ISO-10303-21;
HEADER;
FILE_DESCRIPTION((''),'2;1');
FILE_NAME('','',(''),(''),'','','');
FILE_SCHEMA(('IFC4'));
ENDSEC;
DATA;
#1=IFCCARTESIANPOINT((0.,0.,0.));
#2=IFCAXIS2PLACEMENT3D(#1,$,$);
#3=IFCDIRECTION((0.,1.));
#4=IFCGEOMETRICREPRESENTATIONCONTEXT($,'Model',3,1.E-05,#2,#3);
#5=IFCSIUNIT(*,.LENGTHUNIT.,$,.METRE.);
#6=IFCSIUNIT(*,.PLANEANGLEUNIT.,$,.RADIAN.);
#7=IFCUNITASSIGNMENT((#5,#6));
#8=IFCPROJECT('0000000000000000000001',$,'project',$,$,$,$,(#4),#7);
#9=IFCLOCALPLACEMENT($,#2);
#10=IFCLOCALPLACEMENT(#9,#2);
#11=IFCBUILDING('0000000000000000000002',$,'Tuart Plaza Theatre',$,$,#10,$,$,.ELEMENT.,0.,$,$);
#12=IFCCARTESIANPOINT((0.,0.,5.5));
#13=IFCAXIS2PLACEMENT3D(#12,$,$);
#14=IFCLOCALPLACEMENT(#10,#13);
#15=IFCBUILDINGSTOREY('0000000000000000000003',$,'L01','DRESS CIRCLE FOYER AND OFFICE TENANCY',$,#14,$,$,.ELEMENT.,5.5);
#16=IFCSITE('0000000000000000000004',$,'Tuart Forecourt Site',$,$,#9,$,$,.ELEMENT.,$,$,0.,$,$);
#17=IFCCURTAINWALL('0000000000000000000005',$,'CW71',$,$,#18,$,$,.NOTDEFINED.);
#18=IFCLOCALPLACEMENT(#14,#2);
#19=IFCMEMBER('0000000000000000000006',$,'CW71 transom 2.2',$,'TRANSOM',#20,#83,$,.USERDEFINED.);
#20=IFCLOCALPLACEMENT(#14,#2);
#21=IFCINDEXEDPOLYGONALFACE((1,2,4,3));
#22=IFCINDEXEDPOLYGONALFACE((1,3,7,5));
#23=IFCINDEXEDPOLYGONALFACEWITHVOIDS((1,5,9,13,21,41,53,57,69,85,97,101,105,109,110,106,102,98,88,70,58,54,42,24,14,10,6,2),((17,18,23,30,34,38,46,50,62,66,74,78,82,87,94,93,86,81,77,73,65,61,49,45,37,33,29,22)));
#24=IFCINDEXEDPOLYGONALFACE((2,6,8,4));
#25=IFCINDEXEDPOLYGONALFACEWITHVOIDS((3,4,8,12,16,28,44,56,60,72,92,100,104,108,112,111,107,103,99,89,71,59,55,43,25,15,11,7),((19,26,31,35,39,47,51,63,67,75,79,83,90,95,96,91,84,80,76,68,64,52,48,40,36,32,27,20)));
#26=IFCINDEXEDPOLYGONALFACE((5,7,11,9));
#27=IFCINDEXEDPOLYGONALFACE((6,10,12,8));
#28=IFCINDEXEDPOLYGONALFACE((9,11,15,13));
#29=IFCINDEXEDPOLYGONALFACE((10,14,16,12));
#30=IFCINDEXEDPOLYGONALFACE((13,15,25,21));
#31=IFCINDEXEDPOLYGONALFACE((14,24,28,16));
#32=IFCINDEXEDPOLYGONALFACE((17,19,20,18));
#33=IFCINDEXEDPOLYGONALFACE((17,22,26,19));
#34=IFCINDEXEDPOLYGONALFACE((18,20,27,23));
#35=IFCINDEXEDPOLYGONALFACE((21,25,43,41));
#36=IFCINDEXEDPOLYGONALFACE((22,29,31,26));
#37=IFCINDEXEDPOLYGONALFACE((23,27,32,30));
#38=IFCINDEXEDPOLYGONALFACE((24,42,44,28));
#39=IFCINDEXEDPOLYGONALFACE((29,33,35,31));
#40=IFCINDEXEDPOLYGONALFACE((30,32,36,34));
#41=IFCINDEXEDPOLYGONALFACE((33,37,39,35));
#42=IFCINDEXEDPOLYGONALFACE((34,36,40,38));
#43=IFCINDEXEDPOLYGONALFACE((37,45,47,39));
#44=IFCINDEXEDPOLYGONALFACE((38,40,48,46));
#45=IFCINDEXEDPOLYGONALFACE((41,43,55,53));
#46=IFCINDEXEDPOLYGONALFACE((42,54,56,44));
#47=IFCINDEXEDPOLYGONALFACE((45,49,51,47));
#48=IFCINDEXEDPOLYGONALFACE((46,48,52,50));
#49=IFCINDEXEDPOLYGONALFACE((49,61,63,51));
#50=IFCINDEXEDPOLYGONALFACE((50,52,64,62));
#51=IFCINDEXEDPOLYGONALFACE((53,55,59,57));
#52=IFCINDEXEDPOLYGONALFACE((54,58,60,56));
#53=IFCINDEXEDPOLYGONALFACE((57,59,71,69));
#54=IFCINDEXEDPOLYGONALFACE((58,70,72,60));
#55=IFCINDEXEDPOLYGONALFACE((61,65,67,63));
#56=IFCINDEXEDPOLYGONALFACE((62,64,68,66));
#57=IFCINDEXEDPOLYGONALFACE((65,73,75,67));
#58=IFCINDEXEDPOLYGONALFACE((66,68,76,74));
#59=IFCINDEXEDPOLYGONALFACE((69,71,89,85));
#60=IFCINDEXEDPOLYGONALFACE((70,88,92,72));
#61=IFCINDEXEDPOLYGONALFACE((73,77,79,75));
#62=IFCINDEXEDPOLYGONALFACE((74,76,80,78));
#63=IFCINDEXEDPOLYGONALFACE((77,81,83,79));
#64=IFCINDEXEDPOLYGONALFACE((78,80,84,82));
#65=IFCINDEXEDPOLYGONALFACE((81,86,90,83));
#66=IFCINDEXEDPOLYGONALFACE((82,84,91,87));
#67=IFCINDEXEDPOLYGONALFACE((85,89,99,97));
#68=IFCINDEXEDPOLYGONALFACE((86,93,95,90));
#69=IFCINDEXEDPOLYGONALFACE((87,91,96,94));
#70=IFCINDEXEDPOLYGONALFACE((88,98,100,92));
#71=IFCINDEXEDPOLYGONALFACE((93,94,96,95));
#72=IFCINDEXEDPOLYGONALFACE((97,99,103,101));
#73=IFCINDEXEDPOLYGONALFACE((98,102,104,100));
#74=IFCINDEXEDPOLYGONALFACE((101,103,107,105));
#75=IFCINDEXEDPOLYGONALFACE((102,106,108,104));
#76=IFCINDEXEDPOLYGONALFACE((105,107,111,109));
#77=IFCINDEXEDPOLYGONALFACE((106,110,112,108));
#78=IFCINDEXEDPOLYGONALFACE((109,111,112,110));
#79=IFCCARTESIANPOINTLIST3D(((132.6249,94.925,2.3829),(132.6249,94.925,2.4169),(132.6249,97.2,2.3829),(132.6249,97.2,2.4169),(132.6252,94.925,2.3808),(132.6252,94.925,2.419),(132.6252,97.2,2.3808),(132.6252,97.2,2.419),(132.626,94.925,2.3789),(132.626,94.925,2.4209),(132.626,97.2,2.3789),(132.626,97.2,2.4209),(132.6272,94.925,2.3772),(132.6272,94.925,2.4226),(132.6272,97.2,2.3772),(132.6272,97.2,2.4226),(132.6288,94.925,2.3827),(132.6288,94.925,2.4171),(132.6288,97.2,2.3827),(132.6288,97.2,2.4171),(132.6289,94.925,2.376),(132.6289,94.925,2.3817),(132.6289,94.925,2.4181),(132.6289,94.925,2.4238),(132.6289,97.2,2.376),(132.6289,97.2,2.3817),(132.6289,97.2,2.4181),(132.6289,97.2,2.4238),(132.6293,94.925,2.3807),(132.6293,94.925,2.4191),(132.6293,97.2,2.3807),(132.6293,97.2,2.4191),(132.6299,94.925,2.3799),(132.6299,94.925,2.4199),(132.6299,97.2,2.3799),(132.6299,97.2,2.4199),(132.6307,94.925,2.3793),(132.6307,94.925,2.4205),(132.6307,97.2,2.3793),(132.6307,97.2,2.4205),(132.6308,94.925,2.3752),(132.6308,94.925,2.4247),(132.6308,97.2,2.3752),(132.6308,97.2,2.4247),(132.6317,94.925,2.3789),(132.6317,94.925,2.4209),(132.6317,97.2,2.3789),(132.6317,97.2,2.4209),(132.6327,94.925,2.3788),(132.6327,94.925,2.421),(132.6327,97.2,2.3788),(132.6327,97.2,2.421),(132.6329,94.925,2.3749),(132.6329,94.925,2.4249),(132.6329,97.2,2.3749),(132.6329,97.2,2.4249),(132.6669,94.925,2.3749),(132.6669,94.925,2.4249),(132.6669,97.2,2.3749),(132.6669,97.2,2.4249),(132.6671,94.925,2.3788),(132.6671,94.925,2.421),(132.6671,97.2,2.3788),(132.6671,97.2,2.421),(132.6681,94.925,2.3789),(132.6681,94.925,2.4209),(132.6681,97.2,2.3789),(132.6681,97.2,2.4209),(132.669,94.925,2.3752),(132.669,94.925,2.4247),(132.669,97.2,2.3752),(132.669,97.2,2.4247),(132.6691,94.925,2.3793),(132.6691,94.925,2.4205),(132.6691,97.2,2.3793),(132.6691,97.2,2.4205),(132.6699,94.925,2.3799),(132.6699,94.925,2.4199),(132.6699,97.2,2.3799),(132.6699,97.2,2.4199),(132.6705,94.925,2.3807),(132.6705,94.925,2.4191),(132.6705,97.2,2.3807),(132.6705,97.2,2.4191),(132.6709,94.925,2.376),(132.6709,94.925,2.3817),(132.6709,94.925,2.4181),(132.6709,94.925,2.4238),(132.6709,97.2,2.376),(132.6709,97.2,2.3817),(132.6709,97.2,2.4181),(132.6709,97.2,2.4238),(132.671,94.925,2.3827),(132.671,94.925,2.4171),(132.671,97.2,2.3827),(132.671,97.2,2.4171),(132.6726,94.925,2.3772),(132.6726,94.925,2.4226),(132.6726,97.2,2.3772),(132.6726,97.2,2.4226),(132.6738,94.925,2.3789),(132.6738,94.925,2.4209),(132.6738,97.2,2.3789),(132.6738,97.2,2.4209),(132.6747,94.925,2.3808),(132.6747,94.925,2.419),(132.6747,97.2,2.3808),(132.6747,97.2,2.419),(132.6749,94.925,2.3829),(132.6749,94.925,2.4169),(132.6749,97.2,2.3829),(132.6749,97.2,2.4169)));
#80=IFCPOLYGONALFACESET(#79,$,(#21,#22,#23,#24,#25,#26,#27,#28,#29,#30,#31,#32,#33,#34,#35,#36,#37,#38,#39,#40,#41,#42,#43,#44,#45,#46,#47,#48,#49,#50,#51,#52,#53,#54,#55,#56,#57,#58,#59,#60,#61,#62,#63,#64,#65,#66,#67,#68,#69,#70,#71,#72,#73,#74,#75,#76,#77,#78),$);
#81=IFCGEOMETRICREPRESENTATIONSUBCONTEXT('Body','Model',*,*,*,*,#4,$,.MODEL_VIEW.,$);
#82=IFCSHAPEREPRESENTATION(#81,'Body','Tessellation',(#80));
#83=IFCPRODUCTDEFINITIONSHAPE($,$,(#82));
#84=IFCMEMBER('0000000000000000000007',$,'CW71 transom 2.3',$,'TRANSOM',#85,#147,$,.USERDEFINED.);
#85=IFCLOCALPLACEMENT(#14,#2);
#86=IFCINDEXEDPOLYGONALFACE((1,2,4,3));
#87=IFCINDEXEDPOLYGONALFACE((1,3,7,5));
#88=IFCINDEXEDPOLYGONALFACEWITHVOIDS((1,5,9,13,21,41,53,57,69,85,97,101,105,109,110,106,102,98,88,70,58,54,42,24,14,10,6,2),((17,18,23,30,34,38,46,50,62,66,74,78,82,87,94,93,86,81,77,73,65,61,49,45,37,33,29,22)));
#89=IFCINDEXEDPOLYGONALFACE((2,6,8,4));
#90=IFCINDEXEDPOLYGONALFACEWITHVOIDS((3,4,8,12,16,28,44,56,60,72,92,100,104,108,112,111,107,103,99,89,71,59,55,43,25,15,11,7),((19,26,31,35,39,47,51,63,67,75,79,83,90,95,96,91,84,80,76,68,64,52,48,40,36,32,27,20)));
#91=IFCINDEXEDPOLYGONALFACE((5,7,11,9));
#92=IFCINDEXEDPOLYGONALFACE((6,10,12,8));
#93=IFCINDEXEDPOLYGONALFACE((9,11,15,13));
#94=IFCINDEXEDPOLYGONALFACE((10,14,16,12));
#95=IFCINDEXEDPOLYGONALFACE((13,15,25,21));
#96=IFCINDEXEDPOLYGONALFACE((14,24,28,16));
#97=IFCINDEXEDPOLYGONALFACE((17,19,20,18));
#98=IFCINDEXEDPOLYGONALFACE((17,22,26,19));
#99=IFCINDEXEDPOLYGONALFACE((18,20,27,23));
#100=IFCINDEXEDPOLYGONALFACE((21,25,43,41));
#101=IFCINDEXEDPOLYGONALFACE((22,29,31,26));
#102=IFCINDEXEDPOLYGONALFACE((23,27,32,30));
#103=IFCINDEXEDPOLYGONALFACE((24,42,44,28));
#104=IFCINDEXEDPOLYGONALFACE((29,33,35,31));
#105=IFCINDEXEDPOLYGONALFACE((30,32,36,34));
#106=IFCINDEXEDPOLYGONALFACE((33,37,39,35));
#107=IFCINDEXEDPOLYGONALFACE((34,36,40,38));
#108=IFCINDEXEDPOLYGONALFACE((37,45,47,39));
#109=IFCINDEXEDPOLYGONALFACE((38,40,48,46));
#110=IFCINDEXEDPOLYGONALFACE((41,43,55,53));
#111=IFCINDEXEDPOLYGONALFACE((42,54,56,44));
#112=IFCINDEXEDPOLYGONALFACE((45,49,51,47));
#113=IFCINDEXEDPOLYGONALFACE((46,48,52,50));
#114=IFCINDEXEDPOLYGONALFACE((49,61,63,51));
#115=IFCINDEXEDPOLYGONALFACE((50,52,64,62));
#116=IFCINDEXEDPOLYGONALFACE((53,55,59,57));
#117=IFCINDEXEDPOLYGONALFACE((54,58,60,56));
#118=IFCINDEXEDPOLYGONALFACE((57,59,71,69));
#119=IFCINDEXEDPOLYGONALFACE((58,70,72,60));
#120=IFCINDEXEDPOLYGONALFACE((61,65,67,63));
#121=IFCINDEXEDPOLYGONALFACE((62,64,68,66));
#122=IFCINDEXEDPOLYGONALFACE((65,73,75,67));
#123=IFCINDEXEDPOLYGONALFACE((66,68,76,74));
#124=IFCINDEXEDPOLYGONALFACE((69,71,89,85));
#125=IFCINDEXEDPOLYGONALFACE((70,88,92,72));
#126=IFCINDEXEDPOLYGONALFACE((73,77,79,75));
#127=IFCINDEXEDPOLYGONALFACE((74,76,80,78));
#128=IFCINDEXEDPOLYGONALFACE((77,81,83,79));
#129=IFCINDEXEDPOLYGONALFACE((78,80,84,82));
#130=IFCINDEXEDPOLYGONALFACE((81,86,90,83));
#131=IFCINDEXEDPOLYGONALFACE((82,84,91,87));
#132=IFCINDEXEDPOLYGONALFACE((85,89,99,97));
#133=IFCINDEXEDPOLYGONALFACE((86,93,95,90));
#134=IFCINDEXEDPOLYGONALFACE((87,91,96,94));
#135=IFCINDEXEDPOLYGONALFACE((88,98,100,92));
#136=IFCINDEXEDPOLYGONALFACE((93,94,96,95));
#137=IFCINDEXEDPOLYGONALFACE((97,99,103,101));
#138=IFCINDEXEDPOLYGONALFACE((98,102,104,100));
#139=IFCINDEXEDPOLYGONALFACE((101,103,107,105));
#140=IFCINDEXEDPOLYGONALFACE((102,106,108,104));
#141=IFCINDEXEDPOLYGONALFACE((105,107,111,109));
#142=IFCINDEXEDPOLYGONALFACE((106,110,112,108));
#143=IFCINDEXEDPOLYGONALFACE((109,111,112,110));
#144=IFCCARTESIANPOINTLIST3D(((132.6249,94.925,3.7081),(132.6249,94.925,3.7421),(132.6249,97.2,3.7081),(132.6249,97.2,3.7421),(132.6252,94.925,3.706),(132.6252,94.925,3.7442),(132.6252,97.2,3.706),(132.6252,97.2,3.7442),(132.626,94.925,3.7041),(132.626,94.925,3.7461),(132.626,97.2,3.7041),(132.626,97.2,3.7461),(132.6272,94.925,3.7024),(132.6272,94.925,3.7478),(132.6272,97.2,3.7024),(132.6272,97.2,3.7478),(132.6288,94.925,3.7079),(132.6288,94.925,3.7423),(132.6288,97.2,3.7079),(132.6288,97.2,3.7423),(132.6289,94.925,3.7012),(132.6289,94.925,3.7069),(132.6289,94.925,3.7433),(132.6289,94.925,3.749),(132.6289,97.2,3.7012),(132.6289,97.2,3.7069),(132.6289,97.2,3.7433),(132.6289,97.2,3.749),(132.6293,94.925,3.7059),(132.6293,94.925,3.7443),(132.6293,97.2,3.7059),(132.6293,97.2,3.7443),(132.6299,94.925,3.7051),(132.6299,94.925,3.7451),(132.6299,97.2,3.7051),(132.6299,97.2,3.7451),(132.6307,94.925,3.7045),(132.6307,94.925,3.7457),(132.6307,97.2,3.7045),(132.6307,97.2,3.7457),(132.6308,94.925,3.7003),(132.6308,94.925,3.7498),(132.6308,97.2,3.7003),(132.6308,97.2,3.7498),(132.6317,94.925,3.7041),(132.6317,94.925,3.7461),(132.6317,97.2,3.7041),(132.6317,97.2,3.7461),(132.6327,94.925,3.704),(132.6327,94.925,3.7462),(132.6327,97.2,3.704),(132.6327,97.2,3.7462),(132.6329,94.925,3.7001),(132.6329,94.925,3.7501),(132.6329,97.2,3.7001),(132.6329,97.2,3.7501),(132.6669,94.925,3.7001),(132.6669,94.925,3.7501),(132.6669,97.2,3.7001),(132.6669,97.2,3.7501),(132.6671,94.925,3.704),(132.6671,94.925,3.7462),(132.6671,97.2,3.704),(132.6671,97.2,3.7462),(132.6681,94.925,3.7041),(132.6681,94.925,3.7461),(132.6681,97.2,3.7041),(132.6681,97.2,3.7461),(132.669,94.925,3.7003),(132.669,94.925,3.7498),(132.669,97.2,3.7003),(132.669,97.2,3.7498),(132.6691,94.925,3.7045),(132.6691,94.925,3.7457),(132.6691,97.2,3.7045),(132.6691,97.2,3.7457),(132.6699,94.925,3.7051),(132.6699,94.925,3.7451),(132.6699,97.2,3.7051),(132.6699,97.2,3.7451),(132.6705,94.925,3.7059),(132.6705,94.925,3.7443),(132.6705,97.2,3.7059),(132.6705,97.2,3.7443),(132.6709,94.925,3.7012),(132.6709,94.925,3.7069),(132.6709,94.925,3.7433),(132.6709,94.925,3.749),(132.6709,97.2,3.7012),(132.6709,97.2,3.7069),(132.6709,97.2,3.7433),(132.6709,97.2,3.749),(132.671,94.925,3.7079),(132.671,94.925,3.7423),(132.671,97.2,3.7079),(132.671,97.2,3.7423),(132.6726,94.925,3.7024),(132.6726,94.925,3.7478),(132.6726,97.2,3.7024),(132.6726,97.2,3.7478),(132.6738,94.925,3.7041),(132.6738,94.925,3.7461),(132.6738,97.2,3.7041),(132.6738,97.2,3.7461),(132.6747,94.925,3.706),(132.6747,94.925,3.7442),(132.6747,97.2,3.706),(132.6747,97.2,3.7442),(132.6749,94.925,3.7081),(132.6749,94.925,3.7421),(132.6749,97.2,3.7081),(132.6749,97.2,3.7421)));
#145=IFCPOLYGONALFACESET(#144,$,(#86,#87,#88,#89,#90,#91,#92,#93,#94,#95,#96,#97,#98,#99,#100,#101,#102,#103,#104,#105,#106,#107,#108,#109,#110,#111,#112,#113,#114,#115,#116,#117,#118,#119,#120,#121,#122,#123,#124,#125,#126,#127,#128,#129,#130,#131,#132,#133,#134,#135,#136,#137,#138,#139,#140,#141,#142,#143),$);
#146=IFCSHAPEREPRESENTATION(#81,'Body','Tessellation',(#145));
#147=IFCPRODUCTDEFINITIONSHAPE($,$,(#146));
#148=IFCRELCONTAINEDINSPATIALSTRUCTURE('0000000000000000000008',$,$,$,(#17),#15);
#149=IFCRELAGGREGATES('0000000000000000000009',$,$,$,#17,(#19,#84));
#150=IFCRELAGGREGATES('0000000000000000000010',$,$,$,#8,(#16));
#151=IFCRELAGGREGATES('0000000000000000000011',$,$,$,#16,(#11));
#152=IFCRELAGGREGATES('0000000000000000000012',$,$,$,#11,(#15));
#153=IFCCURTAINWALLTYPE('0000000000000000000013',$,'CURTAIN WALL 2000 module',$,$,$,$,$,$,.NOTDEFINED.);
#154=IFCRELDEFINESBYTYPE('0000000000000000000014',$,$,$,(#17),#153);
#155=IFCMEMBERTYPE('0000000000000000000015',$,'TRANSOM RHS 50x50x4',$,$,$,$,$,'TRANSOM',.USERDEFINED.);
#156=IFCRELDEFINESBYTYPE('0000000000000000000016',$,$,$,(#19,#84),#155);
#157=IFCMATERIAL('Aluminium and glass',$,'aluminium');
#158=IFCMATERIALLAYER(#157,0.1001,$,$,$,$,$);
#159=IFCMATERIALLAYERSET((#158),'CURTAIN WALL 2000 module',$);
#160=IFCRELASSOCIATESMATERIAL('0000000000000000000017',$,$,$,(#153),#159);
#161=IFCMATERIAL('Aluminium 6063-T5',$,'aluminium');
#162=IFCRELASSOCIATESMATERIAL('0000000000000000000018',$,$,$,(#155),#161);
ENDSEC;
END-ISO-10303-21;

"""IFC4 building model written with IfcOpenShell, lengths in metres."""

from ifc_helpers import new_model, si_unit, direction, frame, origin, origin_2d, place, context, subcontext, project, spatial, hollow_rectangle, extrude, material, layer, layer_set, material_profile, profile_set, type_object, element, aggregate, save


model = new_model("IFC4")

# Units and contexts
model_context = context("Model", 3, precision=1e-05, world=origin(), true_north=direction((0.0, 1.0)))
body_context = subcontext(model_context, "Body", "Model", "MODEL_VIEW")
ifc_project = project(units=[si_unit("LENGTHUNIT", "METRE"), si_unit("PLANEANGLEUNIT", "RADIAN")], contexts=[model_context])

# Site, building, storey
site_placement = place(None, origin())
site = spatial("IfcSite", under=ifc_project, at=site_placement, Name="Tuart Forecourt Site", CompositionType="ELEMENT", RefElevation=0.0)
building_placement = place(site_placement, origin())
building = spatial("IfcBuilding", under=site, at=building_placement, Name="Tuart Plaza Theatre", CompositionType="ELEMENT", ElevationOfRefHeight=0.0)
storey_placement = place(building_placement, frame((0.0, 0.0, 5.5)))
storey = spatial("IfcBuildingStorey", under=building, at=storey_placement, Name="L01", Description="DRESS CIRCLE FOYER AND OFFICE TENANCY", CompositionType="ELEMENT", Elevation=5.5)

# Curtain wall
ifc_material_1 = material(Name="Aluminium and glass", Category="aluminium")
ifc_layer_1 = layer(ifc_material_1, 0.1001)
ifc_layer_set_1 = layer_set([ifc_layer_1], Name="CURTAIN WALL 2000 module")
curtain_wall_type = type_object("IfcCurtainWallType", Name="CURTAIN WALL 2000 module", PredefinedType="NOTDEFINED", material=ifc_layer_set_1)
curtain_wall_1_placement = place(storey_placement, origin())
curtain_wall_1 = element("IfcCurtainWall", 1, at=curtain_wall_1_placement, inside=storey, type_object=curtain_wall_type, Name="CW71", PredefinedType="NOTDEFINED")

# Members
ifc_material_2 = material(Name="Aluminium 6063-T5", Category="aluminium")
ifc_material_profile_1 = material_profile(ifc_material_2, hollow_rectangle(XDim=0.05, YDim=0.05, WallThickness=0.0039, InnerFilletRadius=0.0039, OuterFilletRadius=0.0081, at=origin_2d()), Name="RHS 50x50x4")
ifc_profile_set_1 = profile_set([ifc_material_profile_1], Name="Aluminium 6063-T5")
member_type_1 = type_object("IfcMemberType", Name="TRANSOM RHS 50x50x4", ElementType="TRANSOM", PredefinedType="USERDEFINED", material=ifc_profile_set_1)
member_1_placement = place(storey_placement, frame((132.6499, 94.925, 2.3999), z_axis=(0.0, 1.0, 0.0), x_axis=(-1.0, 0.0, 0.0)))
member_1 = element("IfcMember", 2, at=member_1_placement, type_object=member_type_1, Name="CW71 transom 2.2", ObjectType="TRANSOM", PredefinedType="USERDEFINED", context=body_context, shape_type="SweptSolid", body=[
    extrude(hollow_rectangle(XDim=0.05, YDim=0.05, WallThickness=0.0039, InnerFilletRadius=0.0039, OuterFilletRadius=0.0081, at=origin_2d()), origin(), (0.0, 0.0, 1.0), 2.2749),
])
member_2_placement = place(storey_placement, frame((132.6499, 94.925, 3.7251), z_axis=(0.0, 1.0, 0.0), x_axis=(-1.0, 0.0, 0.0)))
member_2 = element("IfcMember", 3, at=member_2_placement, type_object=member_type_1, Name="CW71 transom 2.3", ObjectType="TRANSOM", PredefinedType="USERDEFINED", context=body_context, shape_type="SweptSolid", body=[
    extrude(hollow_rectangle(XDim=0.05, YDim=0.05, WallThickness=0.0039, InnerFilletRadius=0.0039, OuterFilletRadius=0.0081, at=origin_2d()), origin(), (0.0, 0.0, 1.0), 2.2749),
])

aggregate(curtain_wall_1, [member_1, member_2])

save(model, "model.ifc")
